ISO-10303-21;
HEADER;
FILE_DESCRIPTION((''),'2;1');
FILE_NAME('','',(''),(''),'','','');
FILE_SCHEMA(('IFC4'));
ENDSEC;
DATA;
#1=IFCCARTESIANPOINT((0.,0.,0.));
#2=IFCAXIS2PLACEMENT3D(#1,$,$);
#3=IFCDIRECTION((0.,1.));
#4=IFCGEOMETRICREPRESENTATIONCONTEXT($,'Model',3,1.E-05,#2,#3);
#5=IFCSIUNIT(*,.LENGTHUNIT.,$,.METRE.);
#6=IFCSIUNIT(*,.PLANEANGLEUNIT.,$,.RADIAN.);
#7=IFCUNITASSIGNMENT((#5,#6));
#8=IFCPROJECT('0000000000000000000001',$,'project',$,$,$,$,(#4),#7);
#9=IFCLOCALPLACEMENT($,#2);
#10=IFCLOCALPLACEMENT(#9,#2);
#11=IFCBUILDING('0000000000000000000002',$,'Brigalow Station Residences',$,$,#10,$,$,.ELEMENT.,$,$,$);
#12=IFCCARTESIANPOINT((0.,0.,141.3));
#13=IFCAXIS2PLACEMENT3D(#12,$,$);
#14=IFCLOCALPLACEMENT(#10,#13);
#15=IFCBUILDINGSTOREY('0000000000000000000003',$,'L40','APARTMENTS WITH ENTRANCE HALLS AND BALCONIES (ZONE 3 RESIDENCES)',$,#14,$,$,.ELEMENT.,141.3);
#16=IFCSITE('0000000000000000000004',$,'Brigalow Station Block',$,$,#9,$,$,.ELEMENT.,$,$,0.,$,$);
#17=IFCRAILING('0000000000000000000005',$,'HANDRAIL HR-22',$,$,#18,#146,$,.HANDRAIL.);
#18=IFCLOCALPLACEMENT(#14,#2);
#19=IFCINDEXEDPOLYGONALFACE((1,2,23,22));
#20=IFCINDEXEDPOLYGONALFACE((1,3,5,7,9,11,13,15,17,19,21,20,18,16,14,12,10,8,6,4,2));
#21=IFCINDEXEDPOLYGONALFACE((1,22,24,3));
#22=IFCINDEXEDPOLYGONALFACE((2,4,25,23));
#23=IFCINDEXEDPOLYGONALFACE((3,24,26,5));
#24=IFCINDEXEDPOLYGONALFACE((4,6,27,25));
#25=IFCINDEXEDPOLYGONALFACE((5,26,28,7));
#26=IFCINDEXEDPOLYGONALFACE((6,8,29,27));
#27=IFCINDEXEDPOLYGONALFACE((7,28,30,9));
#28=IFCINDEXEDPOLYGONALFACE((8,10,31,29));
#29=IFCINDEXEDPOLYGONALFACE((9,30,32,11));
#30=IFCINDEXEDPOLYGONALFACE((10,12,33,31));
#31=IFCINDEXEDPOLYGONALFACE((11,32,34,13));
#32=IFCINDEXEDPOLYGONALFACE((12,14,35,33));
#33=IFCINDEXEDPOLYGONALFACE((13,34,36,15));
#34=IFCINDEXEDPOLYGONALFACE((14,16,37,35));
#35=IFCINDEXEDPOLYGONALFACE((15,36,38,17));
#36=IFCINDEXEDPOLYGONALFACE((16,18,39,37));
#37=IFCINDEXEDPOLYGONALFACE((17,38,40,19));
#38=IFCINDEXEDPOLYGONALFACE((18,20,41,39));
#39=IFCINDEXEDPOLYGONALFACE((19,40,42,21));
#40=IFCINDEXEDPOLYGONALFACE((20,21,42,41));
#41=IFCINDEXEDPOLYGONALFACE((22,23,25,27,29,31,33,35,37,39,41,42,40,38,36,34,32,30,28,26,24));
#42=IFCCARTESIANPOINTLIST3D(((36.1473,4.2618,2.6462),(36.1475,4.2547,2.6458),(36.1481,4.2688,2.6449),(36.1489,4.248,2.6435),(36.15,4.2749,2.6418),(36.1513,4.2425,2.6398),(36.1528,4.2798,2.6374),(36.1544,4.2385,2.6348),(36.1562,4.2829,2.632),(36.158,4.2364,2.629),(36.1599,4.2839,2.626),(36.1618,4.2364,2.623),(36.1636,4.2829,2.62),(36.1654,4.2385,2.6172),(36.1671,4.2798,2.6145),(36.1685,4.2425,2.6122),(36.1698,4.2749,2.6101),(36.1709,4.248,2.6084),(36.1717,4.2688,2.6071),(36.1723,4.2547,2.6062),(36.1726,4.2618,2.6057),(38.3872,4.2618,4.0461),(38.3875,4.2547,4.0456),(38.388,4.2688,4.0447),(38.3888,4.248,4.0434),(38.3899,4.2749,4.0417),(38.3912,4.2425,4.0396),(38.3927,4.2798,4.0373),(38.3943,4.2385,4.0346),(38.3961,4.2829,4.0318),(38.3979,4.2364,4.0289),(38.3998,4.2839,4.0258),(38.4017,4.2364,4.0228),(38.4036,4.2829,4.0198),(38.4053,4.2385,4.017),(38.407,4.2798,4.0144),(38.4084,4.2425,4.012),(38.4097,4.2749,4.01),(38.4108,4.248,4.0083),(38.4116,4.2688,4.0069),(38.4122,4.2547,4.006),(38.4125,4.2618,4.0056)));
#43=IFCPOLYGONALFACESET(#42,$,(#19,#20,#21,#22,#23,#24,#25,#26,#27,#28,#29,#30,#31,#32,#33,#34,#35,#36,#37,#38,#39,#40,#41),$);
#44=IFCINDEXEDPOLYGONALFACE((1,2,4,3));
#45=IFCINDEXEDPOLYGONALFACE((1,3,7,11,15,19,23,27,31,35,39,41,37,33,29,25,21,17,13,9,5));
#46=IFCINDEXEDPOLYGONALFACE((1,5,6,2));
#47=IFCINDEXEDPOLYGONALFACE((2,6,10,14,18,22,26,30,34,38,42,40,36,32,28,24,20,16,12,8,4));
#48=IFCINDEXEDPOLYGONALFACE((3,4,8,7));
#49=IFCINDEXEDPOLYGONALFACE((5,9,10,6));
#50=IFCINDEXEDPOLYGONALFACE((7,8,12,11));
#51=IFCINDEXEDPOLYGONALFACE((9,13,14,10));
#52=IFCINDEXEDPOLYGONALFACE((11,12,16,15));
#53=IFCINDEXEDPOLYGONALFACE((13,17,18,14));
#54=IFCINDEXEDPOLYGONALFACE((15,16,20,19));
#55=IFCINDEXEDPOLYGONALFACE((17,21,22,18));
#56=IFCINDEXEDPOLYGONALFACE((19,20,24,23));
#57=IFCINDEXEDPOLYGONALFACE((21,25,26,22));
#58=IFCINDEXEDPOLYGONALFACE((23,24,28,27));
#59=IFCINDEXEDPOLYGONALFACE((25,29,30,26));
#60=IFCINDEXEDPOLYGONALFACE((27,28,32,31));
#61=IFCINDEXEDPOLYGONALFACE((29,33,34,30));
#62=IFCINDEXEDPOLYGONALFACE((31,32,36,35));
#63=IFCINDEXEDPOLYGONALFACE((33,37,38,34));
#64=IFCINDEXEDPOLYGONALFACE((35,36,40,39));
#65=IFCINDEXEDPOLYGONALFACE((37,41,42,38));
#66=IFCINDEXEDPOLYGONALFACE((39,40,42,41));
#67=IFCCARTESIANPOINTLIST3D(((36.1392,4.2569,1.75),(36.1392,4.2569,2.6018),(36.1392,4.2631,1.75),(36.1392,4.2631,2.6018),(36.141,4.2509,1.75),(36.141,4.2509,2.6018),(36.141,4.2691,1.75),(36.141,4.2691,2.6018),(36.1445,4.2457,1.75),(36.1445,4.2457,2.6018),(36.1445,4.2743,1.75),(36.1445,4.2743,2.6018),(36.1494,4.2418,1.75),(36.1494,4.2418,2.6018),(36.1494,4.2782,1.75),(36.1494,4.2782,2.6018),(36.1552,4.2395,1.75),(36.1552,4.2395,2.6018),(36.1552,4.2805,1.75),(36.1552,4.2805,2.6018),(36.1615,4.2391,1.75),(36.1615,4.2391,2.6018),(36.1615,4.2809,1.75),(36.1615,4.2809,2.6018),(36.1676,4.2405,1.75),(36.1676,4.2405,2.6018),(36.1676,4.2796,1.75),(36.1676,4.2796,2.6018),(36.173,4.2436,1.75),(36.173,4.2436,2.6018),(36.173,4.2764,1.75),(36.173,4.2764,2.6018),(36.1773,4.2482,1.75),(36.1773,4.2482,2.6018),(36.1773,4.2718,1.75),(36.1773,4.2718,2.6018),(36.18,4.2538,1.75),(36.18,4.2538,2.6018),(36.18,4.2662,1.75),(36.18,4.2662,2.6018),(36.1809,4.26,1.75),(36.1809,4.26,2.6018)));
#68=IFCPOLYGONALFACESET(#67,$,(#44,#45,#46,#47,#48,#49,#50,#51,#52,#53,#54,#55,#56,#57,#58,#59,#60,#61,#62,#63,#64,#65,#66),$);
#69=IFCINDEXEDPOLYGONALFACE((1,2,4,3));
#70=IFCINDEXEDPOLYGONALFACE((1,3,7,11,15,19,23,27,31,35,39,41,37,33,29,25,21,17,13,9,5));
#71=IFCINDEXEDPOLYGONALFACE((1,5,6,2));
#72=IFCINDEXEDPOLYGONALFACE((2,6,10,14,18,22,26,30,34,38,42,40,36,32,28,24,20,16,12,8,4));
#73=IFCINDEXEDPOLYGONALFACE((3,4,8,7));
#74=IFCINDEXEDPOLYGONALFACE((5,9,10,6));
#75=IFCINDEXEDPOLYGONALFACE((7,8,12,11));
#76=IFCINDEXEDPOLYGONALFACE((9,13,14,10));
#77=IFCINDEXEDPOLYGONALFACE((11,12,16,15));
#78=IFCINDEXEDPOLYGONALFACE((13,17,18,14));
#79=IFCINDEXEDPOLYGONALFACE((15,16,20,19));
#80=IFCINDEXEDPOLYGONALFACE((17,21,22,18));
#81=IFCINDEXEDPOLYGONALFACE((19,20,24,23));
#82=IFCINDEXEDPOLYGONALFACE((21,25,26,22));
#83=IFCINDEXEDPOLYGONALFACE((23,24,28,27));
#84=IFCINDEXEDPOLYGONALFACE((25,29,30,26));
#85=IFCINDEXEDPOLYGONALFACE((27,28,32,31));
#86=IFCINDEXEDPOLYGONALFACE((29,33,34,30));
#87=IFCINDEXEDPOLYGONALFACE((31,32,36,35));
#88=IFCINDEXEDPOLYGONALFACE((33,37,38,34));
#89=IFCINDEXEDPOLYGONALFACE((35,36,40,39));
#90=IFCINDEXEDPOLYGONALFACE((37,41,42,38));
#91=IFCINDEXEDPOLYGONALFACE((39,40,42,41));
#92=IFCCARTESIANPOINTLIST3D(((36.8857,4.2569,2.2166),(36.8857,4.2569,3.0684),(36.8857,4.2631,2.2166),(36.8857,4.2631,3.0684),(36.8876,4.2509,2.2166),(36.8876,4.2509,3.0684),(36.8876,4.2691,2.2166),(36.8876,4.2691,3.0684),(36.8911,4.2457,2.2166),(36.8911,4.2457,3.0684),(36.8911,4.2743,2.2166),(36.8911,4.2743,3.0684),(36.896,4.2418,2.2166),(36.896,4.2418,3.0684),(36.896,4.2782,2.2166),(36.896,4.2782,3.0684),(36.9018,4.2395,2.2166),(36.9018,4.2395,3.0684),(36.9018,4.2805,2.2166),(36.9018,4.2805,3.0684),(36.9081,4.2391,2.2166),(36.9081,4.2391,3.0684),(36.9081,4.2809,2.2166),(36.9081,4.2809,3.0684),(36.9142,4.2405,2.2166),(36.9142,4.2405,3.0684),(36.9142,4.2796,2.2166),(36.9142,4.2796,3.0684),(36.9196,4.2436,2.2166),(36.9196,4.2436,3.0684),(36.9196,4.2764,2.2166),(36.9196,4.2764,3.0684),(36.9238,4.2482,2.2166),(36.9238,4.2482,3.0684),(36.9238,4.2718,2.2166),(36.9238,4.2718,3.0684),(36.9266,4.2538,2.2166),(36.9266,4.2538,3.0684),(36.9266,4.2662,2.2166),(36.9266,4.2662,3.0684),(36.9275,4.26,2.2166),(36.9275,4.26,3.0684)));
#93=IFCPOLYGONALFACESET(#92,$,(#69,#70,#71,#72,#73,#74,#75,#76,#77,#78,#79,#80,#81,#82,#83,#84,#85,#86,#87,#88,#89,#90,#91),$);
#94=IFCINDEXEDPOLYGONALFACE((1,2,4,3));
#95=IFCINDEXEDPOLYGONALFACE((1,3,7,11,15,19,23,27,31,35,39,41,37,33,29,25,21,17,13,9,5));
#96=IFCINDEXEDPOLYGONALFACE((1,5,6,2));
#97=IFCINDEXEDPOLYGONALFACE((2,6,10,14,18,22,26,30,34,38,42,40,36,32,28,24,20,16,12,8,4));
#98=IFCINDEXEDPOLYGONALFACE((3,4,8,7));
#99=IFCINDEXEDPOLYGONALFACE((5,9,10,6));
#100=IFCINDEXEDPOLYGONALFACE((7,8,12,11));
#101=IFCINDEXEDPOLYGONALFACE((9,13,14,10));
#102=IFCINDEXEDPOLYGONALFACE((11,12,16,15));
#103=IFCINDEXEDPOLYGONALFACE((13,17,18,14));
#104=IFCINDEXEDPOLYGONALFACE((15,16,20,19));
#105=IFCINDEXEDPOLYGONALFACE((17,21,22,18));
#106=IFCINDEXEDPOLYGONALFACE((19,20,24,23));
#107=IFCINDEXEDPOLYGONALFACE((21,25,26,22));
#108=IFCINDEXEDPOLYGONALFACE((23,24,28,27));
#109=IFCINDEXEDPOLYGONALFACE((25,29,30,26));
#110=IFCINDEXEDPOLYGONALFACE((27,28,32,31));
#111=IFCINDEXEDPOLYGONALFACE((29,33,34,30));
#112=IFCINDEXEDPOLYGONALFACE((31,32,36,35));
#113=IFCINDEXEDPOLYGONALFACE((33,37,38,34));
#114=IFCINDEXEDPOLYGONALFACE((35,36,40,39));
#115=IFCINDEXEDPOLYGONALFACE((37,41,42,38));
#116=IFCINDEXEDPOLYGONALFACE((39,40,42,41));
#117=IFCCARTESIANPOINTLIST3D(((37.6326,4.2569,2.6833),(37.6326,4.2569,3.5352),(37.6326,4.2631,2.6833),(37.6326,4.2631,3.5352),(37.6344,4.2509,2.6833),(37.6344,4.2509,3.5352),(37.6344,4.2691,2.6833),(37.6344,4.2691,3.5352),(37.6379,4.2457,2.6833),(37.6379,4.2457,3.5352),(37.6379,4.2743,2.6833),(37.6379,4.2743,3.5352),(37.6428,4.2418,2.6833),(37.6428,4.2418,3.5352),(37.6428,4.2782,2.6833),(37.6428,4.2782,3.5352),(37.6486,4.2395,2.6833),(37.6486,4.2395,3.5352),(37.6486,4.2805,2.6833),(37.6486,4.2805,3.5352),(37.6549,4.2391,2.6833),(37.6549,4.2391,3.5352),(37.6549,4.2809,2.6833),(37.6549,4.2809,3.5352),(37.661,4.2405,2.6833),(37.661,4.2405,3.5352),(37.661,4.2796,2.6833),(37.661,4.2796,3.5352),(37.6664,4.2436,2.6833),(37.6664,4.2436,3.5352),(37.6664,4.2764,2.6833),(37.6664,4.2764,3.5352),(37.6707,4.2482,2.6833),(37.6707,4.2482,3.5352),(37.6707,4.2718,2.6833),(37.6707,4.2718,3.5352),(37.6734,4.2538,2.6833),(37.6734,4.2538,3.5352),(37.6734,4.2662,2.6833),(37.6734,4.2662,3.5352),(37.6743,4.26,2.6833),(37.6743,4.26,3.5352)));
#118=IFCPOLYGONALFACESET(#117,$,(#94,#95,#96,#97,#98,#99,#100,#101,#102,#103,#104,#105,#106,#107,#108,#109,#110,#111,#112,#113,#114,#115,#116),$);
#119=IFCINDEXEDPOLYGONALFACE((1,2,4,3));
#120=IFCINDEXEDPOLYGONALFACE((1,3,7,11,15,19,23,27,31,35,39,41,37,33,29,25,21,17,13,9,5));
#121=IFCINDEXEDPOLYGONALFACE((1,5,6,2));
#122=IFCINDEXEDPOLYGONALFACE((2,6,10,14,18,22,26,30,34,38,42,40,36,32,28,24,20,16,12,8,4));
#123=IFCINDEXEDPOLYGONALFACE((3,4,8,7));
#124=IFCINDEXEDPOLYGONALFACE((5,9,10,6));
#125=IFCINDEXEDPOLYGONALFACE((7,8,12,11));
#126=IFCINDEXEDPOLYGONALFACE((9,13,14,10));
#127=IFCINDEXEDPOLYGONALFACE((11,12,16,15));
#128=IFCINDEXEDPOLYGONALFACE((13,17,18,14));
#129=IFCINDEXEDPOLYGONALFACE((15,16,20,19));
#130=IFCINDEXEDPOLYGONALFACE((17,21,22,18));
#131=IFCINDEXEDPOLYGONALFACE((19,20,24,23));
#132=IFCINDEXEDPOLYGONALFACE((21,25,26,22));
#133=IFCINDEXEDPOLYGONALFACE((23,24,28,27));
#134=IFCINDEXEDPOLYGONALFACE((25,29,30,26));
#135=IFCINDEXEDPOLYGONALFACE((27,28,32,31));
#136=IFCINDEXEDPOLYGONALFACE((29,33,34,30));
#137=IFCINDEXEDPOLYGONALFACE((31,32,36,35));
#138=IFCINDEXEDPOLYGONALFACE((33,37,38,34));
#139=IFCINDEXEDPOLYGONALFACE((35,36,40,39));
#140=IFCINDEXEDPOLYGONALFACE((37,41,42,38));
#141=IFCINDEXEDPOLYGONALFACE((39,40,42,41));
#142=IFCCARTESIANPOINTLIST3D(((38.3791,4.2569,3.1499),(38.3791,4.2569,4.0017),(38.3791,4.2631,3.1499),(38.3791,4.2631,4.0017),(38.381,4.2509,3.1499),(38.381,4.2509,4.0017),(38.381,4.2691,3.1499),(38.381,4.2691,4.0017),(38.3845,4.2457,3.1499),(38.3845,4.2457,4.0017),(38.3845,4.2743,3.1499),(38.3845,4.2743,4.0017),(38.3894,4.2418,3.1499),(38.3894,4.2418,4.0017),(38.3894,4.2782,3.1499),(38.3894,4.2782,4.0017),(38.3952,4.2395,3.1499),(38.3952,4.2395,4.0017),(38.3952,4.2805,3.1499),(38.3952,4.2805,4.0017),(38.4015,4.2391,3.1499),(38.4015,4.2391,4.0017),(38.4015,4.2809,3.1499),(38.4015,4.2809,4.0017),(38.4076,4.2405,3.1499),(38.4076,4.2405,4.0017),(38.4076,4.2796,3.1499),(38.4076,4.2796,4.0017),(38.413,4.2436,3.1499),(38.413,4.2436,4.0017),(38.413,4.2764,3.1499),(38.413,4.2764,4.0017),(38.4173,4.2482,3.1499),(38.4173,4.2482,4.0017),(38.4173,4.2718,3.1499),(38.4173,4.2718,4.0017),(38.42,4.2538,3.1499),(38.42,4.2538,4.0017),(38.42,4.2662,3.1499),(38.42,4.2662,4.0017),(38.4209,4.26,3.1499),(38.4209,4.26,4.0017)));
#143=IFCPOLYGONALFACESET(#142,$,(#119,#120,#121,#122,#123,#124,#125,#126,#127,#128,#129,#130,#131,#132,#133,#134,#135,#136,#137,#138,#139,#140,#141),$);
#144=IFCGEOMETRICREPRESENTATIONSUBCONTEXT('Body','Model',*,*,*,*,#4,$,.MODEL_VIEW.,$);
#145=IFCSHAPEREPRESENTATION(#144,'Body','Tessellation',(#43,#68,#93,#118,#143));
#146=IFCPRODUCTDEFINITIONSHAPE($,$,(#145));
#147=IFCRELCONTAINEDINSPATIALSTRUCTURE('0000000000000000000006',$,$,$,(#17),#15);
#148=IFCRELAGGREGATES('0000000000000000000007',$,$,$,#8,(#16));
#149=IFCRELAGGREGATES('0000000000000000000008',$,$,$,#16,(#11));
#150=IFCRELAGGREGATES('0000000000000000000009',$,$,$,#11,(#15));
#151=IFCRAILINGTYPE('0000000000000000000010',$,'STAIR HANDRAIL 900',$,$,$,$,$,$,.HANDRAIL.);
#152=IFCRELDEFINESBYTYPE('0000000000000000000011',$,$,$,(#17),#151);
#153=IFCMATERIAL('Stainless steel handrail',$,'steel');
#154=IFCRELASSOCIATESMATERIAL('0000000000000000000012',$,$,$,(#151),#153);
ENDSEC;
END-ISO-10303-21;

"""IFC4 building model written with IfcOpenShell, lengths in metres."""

from ifc_helpers import new_model, si_unit, direction, frame, origin, origin_2d, place, context, subcontext, project, spatial, circle, extrude, material, type_object, element, save


model = new_model("IFC4")

# Units and contexts
model_context = context("Model", 3, precision=1e-05, world=origin(), true_north=direction((0.0, 1.0)))
body_context = subcontext(model_context, "Body", "Model", "MODEL_VIEW")
ifc_project = project(units=[si_unit("LENGTHUNIT", "METRE"), si_unit("PLANEANGLEUNIT", "RADIAN")], contexts=[model_context])

# Site, building, storey
site_placement = place(None, origin())
site = spatial("IfcSite", under=ifc_project, at=site_placement, Name="Brigalow Station Block", CompositionType="ELEMENT", RefElevation=0.0)
building_placement = place(site_placement, origin())
building = spatial("IfcBuilding", under=site, at=building_placement, Name="Brigalow Station Residences", CompositionType="ELEMENT")
storey_placement = place(building_placement, frame((0.0, 0.0, 141.3)))
storey = spatial("IfcBuildingStorey", under=building, at=storey_placement, Name="L40", Description="APARTMENTS WITH ENTRANCE HALLS AND BALCONIES (ZONE 3 RESIDENCES)", CompositionType="ELEMENT", Elevation=141.3)

# Railing
ifc_material_1 = material(Name="Stainless steel handrail", Category="steel")
railing_type_1 = type_object("IfcRailingType", Name="STAIR HANDRAIL 900", PredefinedType="HANDRAIL", material=ifc_material_1)
railing_1_placement = place(storey_placement, frame((36.1599, 4.26, 1.75)))
element("IfcRailing", 1, at=railing_1_placement, inside=storey, type_object=railing_type_1, Name="HANDRAIL HR-22", PredefinedType="HANDRAIL", context=body_context, shape_type="SweptSolid", body=[
    extrude(circle(Radius=0.0239, at=origin_2d()), frame((0.0, 0.0, 0.876), z_axis=(0.848014, 0.0, 0.529974), x_axis=(0.0, 1.0, 0.0)), (0.0, 0.0, 1.0), 2.6414),
    extrude(circle(Radius=0.021, at=origin_2d()), origin(), (0.0, 0.0, 1.0), 0.8518),
    extrude(circle(Radius=0.021, at=origin_2d()), frame((0.7466, 0.0, 0.4666)), (0.0, 0.0, 1.0), 0.8518),
    extrude(circle(Radius=0.021, at=origin_2d()), frame((1.4934, 0.0, 0.9333)), (0.0, 0.0, 1.0), 0.8518),
    extrude(circle(Radius=0.021, at=origin_2d()), frame((2.24, 0.0, 1.3999)), (0.0, 0.0, 1.0), 0.8518),
])

save(model, "model.ifc")
